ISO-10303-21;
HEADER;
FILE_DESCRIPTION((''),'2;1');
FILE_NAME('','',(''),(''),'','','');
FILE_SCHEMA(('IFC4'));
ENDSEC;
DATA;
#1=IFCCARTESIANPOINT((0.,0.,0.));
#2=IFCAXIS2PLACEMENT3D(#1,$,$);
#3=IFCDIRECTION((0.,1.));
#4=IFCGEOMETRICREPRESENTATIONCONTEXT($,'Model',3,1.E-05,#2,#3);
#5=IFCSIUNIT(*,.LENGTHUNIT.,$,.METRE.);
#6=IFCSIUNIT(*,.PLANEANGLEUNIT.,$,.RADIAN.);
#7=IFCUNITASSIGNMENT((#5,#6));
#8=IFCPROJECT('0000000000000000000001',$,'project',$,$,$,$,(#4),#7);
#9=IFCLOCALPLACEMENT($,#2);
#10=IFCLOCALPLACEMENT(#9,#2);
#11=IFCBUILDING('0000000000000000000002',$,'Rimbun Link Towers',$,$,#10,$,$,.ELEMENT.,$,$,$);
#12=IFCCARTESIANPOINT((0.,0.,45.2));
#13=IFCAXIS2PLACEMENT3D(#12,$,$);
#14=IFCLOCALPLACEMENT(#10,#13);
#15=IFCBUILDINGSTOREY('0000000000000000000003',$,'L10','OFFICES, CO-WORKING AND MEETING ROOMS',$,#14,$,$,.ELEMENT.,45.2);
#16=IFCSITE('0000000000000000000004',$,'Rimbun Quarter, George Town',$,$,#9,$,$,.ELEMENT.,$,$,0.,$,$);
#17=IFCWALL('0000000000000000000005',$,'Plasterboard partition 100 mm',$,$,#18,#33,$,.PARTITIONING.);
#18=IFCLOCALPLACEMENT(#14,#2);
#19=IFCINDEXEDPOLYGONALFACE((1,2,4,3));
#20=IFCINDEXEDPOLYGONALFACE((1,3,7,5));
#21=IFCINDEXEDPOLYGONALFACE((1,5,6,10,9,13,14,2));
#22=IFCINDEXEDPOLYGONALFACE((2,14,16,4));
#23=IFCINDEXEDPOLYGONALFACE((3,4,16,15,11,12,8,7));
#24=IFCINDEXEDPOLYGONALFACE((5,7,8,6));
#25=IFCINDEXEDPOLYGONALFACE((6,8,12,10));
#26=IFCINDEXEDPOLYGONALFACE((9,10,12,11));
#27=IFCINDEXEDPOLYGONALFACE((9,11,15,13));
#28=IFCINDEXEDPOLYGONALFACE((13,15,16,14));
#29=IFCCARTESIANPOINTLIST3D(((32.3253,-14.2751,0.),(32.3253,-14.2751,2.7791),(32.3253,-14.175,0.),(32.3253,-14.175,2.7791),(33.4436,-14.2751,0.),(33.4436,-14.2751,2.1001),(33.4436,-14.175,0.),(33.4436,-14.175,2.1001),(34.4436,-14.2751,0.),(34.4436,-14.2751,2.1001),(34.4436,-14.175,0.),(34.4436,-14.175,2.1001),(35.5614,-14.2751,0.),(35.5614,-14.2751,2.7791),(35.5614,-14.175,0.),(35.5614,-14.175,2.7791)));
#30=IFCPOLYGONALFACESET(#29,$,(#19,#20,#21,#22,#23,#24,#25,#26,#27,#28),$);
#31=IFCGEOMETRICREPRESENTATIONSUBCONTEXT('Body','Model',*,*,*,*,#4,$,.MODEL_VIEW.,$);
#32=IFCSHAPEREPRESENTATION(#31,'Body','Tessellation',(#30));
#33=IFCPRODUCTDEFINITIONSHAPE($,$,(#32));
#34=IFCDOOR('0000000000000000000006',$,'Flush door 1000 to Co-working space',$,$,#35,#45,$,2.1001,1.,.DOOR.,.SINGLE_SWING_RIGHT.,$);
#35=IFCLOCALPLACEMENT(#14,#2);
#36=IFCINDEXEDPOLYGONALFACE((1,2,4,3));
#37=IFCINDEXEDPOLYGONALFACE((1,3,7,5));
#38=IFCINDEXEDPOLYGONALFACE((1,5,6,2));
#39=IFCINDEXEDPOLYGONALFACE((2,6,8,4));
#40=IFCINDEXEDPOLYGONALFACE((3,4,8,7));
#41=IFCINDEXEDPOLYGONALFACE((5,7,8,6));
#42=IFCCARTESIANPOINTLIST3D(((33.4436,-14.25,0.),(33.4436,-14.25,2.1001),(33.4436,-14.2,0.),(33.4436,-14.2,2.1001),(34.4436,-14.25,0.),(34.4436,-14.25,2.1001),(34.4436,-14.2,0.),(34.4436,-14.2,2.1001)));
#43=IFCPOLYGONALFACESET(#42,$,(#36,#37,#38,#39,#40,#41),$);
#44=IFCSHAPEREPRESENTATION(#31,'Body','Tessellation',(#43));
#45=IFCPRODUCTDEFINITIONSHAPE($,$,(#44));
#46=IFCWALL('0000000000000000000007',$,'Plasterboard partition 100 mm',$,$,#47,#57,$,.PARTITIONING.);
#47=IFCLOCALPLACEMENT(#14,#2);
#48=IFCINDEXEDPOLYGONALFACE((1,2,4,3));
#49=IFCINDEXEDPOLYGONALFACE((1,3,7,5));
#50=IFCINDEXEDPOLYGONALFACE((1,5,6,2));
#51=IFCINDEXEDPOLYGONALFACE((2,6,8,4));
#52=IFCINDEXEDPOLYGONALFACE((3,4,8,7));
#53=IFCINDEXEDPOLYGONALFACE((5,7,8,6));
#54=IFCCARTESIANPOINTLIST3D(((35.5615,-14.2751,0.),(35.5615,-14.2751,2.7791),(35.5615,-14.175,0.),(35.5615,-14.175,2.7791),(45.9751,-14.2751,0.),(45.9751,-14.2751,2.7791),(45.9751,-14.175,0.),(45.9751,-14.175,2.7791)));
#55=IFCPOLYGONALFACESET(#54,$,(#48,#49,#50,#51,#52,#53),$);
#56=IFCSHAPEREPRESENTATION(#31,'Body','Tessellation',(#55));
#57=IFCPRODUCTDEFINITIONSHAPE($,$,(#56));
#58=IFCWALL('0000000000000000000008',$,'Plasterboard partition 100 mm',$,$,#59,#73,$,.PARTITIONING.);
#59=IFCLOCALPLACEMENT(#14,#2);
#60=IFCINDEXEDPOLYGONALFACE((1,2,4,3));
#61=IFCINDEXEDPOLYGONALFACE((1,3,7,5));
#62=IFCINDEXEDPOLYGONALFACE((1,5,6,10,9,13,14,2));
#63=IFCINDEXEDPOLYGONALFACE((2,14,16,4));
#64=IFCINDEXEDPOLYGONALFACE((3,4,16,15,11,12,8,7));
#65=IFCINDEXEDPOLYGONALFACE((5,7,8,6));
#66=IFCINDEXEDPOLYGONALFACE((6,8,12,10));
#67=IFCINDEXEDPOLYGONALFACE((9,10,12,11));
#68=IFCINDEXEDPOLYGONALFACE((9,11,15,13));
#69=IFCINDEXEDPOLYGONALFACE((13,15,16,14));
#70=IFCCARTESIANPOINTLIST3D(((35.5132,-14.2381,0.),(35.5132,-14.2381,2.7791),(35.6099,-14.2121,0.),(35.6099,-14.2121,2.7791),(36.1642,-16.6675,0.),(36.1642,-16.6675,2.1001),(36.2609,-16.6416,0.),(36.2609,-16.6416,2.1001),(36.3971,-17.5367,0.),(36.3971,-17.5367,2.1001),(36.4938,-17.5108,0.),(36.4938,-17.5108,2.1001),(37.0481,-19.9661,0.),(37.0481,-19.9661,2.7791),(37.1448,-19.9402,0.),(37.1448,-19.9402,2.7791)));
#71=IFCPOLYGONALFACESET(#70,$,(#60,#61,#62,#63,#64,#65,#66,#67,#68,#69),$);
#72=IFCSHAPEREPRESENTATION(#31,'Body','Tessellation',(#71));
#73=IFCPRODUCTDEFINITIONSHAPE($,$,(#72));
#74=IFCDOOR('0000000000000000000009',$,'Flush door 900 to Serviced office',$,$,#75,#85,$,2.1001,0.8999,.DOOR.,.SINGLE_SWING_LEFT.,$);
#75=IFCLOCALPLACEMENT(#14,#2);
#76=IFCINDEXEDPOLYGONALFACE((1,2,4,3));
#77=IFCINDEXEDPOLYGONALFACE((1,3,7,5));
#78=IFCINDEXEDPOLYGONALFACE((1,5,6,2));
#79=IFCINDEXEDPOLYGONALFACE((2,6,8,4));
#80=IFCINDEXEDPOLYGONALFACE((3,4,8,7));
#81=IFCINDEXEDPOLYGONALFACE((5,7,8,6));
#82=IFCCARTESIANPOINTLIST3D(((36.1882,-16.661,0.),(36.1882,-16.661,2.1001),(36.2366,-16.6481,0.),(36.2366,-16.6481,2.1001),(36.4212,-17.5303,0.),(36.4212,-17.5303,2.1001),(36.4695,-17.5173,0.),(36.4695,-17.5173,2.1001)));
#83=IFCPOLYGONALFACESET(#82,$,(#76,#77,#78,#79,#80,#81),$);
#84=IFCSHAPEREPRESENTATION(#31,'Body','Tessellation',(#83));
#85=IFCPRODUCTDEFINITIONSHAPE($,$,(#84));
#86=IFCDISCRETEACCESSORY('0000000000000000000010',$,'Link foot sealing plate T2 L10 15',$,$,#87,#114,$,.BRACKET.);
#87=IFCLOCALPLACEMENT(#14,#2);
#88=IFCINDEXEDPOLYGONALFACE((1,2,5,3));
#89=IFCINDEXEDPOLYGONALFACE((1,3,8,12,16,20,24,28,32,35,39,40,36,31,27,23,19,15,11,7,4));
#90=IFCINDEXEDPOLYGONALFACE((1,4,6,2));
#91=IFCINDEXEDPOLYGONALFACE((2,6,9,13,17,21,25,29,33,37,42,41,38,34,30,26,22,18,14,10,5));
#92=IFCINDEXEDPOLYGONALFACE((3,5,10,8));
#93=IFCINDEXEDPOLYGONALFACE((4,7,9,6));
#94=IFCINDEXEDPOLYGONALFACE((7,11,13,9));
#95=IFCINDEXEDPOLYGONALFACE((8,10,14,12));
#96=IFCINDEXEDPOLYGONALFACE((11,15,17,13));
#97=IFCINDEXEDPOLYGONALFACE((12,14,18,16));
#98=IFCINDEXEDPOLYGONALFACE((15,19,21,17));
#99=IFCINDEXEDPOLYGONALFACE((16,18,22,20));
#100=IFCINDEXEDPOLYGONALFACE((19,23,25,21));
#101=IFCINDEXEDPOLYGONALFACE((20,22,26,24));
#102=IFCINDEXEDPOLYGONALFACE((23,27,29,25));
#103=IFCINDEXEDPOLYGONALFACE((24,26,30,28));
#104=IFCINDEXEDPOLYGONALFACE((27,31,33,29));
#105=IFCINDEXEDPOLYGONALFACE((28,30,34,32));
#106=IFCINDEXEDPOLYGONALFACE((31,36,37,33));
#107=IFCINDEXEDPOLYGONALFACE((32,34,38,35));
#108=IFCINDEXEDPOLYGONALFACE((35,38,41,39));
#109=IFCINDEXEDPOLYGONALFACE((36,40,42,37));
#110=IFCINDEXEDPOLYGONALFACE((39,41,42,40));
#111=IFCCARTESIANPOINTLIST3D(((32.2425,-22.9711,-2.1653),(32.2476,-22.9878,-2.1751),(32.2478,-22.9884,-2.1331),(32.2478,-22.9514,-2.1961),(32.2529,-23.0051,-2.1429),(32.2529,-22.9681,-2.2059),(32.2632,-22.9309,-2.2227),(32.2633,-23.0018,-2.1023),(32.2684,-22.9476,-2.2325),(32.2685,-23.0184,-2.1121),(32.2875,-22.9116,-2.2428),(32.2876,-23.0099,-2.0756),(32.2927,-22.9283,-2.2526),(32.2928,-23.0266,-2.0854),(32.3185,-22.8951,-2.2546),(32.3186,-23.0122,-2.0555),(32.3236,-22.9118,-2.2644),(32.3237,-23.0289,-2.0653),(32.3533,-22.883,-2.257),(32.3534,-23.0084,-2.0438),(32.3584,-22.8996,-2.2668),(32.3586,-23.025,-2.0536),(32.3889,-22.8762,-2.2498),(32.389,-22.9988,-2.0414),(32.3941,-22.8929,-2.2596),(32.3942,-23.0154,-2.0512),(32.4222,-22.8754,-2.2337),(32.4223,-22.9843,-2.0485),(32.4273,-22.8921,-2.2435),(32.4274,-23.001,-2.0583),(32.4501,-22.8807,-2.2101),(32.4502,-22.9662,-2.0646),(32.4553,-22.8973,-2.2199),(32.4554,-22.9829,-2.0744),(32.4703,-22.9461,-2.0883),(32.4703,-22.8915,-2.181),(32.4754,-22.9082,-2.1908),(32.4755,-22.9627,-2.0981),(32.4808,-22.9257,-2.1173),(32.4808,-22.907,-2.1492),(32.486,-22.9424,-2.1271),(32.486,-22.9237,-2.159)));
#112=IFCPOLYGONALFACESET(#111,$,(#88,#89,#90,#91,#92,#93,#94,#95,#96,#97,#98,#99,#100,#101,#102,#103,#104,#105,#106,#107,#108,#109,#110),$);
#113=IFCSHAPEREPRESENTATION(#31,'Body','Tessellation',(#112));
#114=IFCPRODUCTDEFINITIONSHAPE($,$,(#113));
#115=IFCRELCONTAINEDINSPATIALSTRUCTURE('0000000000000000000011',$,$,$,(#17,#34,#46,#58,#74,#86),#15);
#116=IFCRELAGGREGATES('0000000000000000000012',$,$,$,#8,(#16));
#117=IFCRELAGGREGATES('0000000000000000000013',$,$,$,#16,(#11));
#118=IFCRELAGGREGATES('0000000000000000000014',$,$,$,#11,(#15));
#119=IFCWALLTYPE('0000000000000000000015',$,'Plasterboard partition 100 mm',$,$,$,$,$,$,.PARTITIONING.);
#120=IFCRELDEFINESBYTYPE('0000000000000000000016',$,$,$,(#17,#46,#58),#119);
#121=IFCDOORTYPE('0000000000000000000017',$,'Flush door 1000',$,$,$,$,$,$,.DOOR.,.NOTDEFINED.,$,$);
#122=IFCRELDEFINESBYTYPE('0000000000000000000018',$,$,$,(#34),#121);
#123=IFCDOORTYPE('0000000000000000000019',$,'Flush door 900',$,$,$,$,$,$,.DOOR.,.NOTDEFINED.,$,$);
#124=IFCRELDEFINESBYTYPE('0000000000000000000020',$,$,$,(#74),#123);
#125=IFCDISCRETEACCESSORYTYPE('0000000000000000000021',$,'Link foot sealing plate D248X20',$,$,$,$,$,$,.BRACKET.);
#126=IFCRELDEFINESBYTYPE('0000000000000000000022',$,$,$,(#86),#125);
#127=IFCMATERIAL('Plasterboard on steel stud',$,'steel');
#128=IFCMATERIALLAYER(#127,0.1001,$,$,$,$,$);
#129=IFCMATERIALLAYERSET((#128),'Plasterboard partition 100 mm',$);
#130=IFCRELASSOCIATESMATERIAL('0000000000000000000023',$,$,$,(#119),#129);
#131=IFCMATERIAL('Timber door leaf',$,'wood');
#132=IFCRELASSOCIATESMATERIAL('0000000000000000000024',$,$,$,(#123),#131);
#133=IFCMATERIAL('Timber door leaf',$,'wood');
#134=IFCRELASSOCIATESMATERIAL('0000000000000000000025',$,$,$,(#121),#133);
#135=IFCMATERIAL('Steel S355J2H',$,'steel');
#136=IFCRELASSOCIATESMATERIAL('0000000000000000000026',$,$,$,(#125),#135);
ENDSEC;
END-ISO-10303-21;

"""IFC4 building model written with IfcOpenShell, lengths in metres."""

from ifc_helpers import new_model, si_unit, direction, frame, frame_2d, origin, origin_2d, place, context, subcontext, project, spatial, rectangle, circle, extrude, material, layer, layer_set, material_profile, profile_set, type_object, element, fill, save


model = new_model("IFC4")

# Units and contexts
model_context = context("Model", 3, precision=1e-05, world=origin(), true_north=direction((0.0, 1.0)))
body_context = subcontext(model_context, "Body", "Model", "MODEL_VIEW")
ifc_project = project(units=[si_unit("LENGTHUNIT", "METRE"), si_unit("PLANEANGLEUNIT", "RADIAN")], contexts=[model_context])

# Site, building, storey
site_placement = place(None, origin())
site = spatial("IfcSite", under=ifc_project, at=site_placement, Name="Rimbun Quarter, George Town", CompositionType="ELEMENT", RefElevation=0.0)
building_placement = place(site_placement, origin())
building = spatial("IfcBuilding", under=site, at=building_placement, Name="Rimbun Link Towers", CompositionType="ELEMENT")
storey_placement = place(building_placement, frame((0.0, 0.0, 45.2)))
storey = spatial("IfcBuildingStorey", under=building, at=storey_placement, Name="L10", Description="OFFICES, CO-WORKING AND MEETING ROOMS", CompositionType="ELEMENT", Elevation=45.2)

# Wall, opening, door
ifc_material_1 = material(Name="Plasterboard on steel stud", Category="steel")
ifc_layer_1 = layer(ifc_material_1, 0.1001)
ifc_layer_set_1 = layer_set([ifc_layer_1], Name="Plasterboard partition 100 mm")
wall_type = type_object("IfcWallType", Name="Plasterboard partition 100 mm", PredefinedType="PARTITIONING", material=ifc_layer_set_1)
ifc_material_2 = material(Name="Timber door leaf", Category="wood")
door_type_1 = type_object("IfcDoorType", Name="Flush door 900", OperationType="NOTDEFINED", PredefinedType="DOOR", material=ifc_material_2)
wall_1_placement = place(storey_placement, frame((35.5615, -14.2251, 0.0), z_axis=(0.0, 0.0, 1.0), x_axis=(-1.0, 0.0, 0.0)))
wall_1 = element("IfcWall", 1, at=wall_1_placement, inside=storey, type_object=wall_type, Name="Plasterboard partition 100 mm", PredefinedType="PARTITIONING", context=body_context, shape_type="SweptSolid", body=[
    extrude(rectangle(XDim=3.2361, YDim=0.1001, at=frame_2d((1.6182, 0.0))), origin(), (0.0, 0.0, 1.0), 2.7791),
])
opening_1_placement = place(wall_1_placement, frame((1.1179, 0.0, 0.0)))
opening_1 = element("IfcOpeningElement", 2, at=opening_1_placement, cuts=wall_1, PredefinedType="OPENING", context=body_context, shape_type="SweptSolid", body=[
    extrude(rectangle(XDim=1.0, YDim=2.1001, at=frame_2d((0.5, 1.05))), frame((0.0, 0.0601, 0.0), z_axis=(0.0, -1.0, 0.0), x_axis=(1.0, 0.0, 0.0)), (0.0, 0.0, 1.0), 0.1201),
])
ifc_material_3 = material(Name="Timber door leaf", Category="wood")
door_type_2 = type_object("IfcDoorType", Name="Flush door 1000", OperationType="NOTDEFINED", PredefinedType="DOOR", material=ifc_material_3)
door_1_placement = place(opening_1_placement, origin())
door_1 = element("IfcDoor", 3, at=door_1_placement, inside=storey, type_object=door_type_2, Name="Flush door 1000 to Co-working space", OperationType="SINGLE_SWING_RIGHT", OverallHeight=2.1001, OverallWidth=1.0, PredefinedType="DOOR", context=body_context, shape_type="SweptSolid", body=[
    extrude(rectangle(XDim=1.0, YDim=2.1001, at=frame_2d((0.5, 1.05))), frame((0.0, 0.0249, 0.0), z_axis=(0.0, -1.0, 0.0), x_axis=(1.0, 0.0, 0.0)), (0.0, 0.0, 1.0), 0.05),
])
fill(opening_1, door_1)

# Wall
wall_2_placement = place(storey_placement, frame((35.5615, -14.2251, 0.0), z_axis=(0.0, 0.0, 1.0), x_axis=(1.0, 0.0, 0.0)))
element("IfcWall", 4, at=wall_2_placement, inside=storey, type_object=wall_type, Name="Plasterboard partition 100 mm", PredefinedType="PARTITIONING", context=body_context, shape_type="SweptSolid", body=[
    extrude(rectangle(XDim=10.4136, YDim=0.1001, at=frame_2d((5.2068, 0.0))), origin(), (0.0, 0.0, 1.0), 2.7791),
])

# Wall, opening, door
wall_3_placement = place(storey_placement, frame((35.5615, -14.2251, 0.0), z_axis=(0.0, 0.0, 1.0), x_axis=(0.258833, -0.965922, 0.0)))
wall_3 = element("IfcWall", 5, at=wall_3_placement, inside=storey, type_object=wall_type, Name="Plasterboard partition 100 mm", PredefinedType="PARTITIONING", context=body_context, shape_type="SweptSolid", body=[
    extrude(rectangle(XDim=5.9302, YDim=0.1001, at=frame_2d((2.9651, 0.0))), origin(), (0.0, 0.0, 1.0), 2.7791),
])
opening_2_placement = place(wall_3_placement, frame((2.5151, 0.0, 0.0)))
opening_2 = element("IfcOpeningElement", 6, at=opening_2_placement, cuts=wall_3, PredefinedType="OPENING", context=body_context, shape_type="SweptSolid", body=[
    extrude(rectangle(XDim=0.8999, YDim=2.1001, at=frame_2d((0.45, 1.05))), frame((0.0, 0.0601, 0.0), z_axis=(0.0, -1.0, 0.0), x_axis=(1.0, 0.0, 0.0)), (0.0, 0.0, 1.0), 0.1201),
])
door_2_placement = place(opening_2_placement, origin())
door_2 = element("IfcDoor", 7, at=door_2_placement, inside=storey, type_object=door_type_1, Name="Flush door 900 to Serviced office", OperationType="SINGLE_SWING_LEFT", OverallHeight=2.1001, OverallWidth=0.8999, PredefinedType="DOOR", context=body_context, shape_type="SweptSolid", body=[
    extrude(rectangle(XDim=0.8999, YDim=2.1001, at=frame_2d((0.45, 1.05))), frame((0.0, 0.0249, 0.0), z_axis=(0.0, -1.0, 0.0), x_axis=(1.0, 0.0, 0.0)), (0.0, 0.0, 1.0), 0.05),
])
fill(opening_2, door_2)

# Discrete accessory
ifc_material_4 = material(Name="Steel S355J2H", Category="steel")
ifc_material_profile_1 = material_profile(ifc_material_4, circle(Radius=0.124, at=origin_2d()), Name="PL D248")
ifc_profile_set_1 = profile_set([ifc_material_profile_1], Name="Steel S355J2H")
discrete_accessory_type = type_object("IfcDiscreteAccessoryType", Name="Link foot sealing plate D248X20", PredefinedType="BRACKET", material=ifc_profile_set_1)
discrete_accessory_placement = place(storey_placement, frame((32.3623, -22.9436, -2.1492), z_axis=(0.257229, -0.832931, -0.489959), x_axis=(0.955475, 0.295073, 0.0)))
element("IfcDiscreteAccessory", 8, at=discrete_accessory_placement, inside=storey, type_object=discrete_accessory_type, Name="Link foot sealing plate T2 L10 15", PredefinedType="BRACKET", context=body_context, shape_type="SweptSolid", body=[
    extrude(circle(Radius=0.124, at=origin_2d()), origin(), (0.0, 0.0, 1.0), 0.02),
])

save(model, "model.ifc")
